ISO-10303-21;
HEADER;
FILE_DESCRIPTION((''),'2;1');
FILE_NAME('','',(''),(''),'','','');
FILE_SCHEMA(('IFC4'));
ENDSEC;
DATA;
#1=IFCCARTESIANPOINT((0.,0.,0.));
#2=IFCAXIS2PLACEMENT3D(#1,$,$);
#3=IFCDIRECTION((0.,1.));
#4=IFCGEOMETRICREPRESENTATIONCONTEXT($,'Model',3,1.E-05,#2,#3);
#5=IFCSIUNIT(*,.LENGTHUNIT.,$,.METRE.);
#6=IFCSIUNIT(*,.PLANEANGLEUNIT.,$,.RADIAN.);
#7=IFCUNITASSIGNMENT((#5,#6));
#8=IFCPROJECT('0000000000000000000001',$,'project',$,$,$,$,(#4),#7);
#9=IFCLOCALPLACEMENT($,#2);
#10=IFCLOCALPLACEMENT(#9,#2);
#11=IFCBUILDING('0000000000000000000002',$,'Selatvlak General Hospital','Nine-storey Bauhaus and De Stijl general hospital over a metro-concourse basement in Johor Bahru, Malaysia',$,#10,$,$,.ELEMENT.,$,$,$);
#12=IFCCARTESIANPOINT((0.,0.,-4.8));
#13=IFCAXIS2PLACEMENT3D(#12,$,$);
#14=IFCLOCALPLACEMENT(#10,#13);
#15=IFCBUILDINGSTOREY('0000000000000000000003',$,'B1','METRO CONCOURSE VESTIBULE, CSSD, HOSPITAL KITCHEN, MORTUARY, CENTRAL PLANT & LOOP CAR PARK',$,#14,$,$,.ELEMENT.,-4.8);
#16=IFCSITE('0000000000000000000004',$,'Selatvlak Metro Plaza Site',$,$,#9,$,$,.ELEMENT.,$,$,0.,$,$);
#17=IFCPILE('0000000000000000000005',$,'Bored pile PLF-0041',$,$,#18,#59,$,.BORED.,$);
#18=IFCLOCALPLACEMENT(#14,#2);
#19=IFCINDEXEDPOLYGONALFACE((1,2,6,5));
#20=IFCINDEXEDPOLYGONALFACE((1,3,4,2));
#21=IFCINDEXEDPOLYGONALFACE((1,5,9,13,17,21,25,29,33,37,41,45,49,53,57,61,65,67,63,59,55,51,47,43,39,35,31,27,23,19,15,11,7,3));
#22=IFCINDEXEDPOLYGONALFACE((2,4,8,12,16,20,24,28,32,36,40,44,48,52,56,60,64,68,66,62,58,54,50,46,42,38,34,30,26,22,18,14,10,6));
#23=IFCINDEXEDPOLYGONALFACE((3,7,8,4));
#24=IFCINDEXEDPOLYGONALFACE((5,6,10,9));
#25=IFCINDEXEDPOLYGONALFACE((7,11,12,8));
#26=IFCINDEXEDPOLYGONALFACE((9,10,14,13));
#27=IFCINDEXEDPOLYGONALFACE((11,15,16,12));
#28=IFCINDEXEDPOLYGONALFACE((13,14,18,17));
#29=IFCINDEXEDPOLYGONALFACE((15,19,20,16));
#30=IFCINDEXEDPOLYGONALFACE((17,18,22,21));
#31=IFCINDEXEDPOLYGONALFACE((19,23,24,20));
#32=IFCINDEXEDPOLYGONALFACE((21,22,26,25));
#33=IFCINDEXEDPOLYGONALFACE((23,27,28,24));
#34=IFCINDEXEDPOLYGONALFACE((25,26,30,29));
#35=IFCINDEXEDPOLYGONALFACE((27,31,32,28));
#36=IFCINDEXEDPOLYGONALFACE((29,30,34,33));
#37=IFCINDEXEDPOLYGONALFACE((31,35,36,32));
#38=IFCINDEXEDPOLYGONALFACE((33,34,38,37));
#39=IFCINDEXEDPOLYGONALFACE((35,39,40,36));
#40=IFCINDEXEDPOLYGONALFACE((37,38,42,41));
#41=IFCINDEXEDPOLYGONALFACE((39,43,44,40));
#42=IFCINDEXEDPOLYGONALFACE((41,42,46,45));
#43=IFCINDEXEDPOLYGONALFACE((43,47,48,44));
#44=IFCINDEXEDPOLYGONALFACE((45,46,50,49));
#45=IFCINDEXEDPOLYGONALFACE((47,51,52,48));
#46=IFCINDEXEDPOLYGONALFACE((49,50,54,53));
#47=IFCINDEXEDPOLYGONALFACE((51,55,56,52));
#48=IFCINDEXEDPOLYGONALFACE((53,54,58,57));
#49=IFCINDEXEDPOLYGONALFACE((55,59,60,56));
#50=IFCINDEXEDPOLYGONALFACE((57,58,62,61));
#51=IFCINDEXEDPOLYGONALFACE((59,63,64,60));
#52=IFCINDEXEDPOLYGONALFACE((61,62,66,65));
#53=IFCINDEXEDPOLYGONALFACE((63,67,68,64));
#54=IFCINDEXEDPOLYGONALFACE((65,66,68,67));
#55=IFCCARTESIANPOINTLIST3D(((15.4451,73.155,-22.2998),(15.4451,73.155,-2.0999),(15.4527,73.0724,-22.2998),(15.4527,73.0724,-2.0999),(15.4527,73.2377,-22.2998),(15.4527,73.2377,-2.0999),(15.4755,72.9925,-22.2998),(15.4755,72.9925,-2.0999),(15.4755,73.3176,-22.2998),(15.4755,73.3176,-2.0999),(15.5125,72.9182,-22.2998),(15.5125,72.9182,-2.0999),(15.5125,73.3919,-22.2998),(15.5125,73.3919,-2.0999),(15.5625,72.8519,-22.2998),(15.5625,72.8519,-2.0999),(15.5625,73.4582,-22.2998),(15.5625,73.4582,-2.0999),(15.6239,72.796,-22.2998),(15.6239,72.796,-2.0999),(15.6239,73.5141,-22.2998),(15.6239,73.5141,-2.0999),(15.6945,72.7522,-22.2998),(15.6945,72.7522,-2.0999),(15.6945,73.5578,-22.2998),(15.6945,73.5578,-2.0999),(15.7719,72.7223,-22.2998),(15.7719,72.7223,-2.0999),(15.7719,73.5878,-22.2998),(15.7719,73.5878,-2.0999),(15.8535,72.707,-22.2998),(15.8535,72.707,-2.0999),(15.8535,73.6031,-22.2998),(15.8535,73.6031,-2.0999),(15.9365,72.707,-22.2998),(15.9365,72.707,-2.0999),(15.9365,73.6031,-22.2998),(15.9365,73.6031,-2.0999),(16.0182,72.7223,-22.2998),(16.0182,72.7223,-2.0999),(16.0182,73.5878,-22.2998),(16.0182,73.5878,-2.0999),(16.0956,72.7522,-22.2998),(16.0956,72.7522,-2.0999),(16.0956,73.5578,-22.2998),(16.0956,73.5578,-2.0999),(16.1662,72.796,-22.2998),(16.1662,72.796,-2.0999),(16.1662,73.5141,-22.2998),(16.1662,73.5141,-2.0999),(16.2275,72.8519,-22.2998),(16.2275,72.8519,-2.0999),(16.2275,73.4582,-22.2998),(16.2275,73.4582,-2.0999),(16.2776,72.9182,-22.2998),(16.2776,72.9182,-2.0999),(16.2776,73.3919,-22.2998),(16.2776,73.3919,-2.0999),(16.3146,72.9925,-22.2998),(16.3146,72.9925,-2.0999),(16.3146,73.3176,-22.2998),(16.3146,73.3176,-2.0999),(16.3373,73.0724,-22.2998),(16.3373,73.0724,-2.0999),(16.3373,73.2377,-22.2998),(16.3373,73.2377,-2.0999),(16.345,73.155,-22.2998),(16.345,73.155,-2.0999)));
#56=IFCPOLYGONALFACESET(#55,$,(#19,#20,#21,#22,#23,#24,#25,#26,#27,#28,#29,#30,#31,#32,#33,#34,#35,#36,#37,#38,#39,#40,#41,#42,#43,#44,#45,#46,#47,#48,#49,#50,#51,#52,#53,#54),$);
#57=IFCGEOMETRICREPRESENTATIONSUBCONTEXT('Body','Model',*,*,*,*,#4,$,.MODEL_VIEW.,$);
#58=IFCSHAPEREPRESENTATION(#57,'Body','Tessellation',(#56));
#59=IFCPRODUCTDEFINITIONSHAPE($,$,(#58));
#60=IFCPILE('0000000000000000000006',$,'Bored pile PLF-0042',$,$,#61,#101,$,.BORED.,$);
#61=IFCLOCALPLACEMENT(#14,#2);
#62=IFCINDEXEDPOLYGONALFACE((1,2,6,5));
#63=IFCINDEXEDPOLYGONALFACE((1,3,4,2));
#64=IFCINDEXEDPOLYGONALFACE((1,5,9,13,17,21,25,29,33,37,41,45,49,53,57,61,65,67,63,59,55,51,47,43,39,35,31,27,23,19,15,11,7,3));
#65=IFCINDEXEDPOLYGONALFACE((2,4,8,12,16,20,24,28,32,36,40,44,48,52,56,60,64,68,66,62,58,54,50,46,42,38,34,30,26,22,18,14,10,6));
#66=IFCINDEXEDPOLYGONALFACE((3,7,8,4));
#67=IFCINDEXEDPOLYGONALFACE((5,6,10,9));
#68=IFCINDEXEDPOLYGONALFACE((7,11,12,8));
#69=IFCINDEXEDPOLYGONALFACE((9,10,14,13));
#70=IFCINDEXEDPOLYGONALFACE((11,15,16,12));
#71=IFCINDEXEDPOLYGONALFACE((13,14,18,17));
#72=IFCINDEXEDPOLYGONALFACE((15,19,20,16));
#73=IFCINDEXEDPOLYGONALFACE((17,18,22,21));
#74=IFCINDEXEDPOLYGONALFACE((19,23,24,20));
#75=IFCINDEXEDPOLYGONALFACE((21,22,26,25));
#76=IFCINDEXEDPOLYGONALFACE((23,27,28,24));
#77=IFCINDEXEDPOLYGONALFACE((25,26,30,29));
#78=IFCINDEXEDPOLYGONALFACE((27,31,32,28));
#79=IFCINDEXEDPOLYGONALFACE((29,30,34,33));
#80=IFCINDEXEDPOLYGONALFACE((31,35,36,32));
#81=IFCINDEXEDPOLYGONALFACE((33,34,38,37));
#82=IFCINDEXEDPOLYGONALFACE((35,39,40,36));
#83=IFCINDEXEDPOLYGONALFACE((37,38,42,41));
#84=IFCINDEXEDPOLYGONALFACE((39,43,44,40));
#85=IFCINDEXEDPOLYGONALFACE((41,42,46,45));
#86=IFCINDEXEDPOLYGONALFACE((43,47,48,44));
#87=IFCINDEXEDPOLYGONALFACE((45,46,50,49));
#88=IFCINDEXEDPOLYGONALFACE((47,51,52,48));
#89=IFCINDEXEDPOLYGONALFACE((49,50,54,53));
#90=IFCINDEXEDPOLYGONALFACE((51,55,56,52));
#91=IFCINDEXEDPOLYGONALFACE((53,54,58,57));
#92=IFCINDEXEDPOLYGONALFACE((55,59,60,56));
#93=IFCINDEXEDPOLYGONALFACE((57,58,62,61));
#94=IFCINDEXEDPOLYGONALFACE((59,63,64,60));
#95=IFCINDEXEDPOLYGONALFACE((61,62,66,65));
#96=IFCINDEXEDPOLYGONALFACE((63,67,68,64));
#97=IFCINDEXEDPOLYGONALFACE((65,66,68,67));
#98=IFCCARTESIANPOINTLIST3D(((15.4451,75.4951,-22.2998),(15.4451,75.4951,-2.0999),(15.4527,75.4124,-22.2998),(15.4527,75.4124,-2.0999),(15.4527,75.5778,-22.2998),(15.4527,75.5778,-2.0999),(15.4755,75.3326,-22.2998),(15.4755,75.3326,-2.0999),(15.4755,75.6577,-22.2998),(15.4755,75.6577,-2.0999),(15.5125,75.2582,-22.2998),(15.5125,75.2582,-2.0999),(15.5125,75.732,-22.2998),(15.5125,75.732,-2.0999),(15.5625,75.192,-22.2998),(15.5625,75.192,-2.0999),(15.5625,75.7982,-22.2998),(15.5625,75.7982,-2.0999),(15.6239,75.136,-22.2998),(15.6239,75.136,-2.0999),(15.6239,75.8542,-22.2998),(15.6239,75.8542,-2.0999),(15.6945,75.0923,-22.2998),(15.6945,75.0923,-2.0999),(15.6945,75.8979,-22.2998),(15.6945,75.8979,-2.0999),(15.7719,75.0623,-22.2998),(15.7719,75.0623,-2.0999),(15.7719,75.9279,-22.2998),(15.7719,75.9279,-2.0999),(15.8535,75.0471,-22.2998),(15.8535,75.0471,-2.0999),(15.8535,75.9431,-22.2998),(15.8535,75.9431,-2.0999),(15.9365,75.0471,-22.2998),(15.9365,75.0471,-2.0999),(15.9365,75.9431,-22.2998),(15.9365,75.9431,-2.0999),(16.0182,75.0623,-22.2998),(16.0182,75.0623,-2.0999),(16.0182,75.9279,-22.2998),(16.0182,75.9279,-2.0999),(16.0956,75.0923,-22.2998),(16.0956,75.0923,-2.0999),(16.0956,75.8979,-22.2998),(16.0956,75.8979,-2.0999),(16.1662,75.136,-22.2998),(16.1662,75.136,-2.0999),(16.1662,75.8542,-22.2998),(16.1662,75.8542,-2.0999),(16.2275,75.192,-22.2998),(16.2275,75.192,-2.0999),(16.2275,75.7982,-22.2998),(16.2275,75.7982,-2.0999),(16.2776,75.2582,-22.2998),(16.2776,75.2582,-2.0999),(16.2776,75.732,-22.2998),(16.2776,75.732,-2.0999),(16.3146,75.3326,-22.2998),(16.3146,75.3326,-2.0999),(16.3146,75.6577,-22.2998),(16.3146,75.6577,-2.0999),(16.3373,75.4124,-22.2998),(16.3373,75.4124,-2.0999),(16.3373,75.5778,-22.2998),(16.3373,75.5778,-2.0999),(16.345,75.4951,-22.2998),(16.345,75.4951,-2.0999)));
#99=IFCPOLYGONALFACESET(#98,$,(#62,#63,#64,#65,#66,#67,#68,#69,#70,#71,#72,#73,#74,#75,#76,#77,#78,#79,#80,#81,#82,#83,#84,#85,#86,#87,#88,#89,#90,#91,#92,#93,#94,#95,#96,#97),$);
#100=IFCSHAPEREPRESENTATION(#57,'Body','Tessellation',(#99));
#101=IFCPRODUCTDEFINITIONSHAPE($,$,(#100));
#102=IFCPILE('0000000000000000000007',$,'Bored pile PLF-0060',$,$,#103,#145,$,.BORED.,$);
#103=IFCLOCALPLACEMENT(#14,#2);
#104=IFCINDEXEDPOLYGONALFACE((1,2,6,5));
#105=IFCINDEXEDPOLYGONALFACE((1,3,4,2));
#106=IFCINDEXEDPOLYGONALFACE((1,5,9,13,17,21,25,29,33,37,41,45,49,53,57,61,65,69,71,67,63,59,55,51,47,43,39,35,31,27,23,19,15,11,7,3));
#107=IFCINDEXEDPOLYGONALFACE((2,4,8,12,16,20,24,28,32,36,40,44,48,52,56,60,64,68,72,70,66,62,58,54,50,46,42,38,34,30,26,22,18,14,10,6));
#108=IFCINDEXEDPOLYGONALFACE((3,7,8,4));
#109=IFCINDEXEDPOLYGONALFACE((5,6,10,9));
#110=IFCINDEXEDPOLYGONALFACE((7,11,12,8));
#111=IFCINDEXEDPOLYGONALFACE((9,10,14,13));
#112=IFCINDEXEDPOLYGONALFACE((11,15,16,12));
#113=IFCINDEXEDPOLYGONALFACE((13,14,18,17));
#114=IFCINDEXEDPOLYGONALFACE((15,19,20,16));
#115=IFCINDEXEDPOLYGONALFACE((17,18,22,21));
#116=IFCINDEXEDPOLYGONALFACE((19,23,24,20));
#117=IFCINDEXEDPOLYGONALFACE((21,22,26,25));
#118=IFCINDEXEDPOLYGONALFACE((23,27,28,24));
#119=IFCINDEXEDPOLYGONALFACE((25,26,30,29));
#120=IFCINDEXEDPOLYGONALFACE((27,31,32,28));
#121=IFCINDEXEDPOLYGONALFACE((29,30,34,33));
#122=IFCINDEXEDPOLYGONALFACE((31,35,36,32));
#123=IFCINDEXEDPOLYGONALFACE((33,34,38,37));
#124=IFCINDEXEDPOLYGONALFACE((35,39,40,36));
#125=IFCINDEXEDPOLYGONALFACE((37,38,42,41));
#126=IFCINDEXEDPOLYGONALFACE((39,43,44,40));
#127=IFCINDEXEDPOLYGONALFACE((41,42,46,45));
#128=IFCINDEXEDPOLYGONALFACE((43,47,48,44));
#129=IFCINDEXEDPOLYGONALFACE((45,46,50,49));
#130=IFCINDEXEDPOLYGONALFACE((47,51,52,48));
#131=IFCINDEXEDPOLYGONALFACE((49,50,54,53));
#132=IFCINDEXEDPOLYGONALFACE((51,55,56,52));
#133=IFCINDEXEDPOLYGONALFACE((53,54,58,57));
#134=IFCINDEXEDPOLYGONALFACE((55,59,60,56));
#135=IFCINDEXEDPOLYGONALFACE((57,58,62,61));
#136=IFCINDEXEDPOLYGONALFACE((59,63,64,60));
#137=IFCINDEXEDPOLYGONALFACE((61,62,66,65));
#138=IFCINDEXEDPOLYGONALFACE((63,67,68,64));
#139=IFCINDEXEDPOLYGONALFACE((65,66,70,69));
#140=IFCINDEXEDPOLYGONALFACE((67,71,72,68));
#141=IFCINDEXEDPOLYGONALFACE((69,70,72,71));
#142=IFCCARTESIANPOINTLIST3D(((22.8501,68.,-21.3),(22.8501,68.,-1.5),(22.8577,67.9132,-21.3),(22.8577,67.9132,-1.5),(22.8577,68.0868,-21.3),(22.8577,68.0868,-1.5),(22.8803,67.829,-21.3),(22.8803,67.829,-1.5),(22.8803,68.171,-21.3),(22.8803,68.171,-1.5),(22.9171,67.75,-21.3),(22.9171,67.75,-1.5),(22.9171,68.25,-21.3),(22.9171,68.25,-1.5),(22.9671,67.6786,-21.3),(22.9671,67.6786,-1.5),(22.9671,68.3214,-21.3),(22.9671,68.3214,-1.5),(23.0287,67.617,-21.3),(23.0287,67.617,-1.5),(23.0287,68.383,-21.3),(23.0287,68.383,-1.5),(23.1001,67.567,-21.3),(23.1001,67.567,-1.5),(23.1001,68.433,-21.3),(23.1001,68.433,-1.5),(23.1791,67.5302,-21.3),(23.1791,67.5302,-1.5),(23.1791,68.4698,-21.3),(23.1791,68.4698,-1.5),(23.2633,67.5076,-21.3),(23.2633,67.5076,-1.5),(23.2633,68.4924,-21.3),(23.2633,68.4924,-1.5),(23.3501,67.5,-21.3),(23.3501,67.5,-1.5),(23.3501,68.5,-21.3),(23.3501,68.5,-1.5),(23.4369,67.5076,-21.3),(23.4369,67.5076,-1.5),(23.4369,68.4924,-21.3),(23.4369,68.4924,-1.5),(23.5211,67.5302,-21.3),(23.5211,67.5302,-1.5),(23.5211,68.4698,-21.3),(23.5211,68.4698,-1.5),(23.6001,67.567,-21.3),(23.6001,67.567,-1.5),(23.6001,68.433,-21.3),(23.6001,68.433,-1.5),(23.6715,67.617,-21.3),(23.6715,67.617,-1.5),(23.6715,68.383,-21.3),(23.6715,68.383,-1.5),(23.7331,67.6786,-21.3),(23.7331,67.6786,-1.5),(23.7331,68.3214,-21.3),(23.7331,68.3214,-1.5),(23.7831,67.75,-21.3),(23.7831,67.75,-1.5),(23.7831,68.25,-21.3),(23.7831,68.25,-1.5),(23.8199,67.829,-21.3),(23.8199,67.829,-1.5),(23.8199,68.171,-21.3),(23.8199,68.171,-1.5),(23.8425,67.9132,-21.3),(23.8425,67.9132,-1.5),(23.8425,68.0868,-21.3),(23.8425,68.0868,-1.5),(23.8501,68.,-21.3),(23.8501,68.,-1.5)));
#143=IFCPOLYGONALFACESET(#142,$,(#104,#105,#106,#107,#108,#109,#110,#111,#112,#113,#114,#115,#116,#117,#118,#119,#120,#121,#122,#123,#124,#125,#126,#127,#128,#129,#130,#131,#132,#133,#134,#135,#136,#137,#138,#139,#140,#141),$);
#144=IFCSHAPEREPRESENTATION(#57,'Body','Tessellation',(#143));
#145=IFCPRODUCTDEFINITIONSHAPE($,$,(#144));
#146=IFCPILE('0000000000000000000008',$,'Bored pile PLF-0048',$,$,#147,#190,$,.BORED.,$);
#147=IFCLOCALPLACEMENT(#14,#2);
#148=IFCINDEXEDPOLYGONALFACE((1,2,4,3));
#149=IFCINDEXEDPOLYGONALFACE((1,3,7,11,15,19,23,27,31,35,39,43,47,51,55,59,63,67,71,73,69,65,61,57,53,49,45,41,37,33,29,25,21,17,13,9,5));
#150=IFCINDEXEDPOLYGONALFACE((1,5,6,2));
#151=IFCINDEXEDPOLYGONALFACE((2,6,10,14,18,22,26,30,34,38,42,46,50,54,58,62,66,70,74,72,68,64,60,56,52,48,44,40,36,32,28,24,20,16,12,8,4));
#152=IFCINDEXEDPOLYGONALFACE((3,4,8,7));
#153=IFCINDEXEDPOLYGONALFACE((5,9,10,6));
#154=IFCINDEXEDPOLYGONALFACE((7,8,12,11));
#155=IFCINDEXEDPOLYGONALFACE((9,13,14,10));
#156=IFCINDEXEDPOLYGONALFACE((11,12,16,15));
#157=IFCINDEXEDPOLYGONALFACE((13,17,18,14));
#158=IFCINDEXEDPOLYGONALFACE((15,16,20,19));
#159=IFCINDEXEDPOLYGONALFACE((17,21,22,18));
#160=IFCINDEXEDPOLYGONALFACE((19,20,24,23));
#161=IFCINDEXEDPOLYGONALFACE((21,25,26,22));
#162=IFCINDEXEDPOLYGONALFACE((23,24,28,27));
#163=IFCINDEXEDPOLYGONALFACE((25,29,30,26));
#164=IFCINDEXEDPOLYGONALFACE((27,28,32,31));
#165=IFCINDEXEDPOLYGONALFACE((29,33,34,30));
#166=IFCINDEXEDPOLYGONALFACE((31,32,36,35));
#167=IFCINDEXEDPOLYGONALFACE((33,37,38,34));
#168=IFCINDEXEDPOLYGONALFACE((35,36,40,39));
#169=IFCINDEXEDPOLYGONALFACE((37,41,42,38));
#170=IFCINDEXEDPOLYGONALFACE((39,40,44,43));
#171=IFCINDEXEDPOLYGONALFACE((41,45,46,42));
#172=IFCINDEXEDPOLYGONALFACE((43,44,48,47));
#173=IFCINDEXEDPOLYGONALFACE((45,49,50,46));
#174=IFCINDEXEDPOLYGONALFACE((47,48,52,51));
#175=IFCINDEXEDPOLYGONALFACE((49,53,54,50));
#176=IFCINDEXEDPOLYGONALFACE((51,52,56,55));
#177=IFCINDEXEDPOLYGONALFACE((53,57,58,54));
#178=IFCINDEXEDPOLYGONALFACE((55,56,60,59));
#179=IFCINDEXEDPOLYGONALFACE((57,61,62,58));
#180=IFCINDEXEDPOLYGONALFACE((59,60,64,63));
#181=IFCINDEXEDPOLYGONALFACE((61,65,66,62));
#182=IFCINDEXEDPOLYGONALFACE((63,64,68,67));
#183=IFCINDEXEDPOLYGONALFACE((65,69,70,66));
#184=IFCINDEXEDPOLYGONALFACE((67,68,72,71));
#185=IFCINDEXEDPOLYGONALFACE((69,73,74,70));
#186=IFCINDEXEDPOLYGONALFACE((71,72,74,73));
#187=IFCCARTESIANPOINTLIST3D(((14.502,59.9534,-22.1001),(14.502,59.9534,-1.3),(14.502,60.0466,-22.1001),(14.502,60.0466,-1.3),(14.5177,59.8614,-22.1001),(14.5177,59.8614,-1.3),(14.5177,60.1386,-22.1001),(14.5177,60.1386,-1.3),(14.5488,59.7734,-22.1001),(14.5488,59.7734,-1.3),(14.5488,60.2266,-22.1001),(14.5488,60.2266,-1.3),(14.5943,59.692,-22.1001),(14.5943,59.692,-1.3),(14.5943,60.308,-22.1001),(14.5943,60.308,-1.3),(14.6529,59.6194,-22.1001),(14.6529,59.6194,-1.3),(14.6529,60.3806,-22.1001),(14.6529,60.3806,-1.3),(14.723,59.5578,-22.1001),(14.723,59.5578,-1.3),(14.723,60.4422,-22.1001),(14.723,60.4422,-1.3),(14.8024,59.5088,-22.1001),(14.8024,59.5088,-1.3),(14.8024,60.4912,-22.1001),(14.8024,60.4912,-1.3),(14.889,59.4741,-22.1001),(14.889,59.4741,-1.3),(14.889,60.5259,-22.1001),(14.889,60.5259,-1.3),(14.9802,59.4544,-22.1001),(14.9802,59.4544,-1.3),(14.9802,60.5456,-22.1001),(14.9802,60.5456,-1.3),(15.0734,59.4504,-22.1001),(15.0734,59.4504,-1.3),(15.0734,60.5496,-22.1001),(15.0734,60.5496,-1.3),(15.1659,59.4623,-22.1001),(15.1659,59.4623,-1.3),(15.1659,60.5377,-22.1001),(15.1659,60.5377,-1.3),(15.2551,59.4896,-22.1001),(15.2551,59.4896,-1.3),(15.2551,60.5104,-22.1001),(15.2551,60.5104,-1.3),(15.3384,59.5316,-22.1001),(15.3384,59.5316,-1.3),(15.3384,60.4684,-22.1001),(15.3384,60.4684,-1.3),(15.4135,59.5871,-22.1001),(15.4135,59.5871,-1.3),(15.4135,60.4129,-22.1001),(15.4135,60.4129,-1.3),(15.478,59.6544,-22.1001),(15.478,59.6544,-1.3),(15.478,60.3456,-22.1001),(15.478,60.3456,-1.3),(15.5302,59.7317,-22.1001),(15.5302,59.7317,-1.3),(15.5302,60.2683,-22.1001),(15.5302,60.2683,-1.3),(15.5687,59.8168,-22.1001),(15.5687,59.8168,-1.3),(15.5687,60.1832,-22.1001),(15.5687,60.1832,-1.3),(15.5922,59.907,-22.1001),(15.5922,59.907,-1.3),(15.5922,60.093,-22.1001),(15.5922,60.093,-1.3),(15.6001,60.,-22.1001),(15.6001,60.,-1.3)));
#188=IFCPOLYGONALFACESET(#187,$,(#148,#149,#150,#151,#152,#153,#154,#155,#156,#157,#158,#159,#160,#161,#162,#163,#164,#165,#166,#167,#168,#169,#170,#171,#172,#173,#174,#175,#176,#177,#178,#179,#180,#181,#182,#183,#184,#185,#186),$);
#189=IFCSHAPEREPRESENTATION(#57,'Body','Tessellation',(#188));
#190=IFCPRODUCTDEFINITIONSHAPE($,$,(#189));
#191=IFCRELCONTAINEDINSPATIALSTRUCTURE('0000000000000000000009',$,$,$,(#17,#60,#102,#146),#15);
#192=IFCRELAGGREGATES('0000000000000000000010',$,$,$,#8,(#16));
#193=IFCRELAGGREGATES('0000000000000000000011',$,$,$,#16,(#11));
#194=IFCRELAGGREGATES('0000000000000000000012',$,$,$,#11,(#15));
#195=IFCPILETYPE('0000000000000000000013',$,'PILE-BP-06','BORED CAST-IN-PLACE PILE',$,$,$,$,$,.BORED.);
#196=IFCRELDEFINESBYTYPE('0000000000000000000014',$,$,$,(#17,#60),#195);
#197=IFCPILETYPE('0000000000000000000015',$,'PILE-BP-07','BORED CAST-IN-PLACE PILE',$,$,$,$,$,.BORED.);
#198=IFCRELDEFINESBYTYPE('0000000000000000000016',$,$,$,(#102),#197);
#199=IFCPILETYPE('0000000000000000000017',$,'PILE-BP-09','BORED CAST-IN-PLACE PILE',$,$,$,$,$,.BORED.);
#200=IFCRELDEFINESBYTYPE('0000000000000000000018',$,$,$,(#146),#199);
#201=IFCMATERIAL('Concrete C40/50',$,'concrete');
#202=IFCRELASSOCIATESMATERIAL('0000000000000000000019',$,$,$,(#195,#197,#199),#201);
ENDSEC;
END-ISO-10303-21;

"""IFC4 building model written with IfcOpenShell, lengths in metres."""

from ifc_helpers import new_model, si_unit, direction, frame, origin, origin_2d, place, context, subcontext, project, spatial, circle, extrude, material, material_profile, profile_set, type_object, element, save


model = new_model("IFC4")

# Units and contexts
model_context = context("Model", 3, precision=1e-05, world=origin(), true_north=direction((0.0, 1.0)))
body_context = subcontext(model_context, "Body", "Model", "MODEL_VIEW")
ifc_project = project(units=[si_unit("LENGTHUNIT", "METRE"), si_unit("PLANEANGLEUNIT", "RADIAN")], contexts=[model_context])

# Site, building, storey
site_placement = place(None, origin())
site = spatial("IfcSite", under=ifc_project, at=site_placement, Name="Selatvlak Metro Plaza Site", CompositionType="ELEMENT", RefElevation=0.0)
building_placement = place(site_placement, origin())
building = spatial("IfcBuilding", under=site, at=building_placement, Name="Selatvlak General Hospital", Description="Nine-storey Bauhaus and De Stijl general hospital over a metro-concourse basement in Johor Bahru, Malaysia", CompositionType="ELEMENT")
storey_placement = place(building_placement, frame((0.0, 0.0, -4.8)))
storey = spatial("IfcBuildingStorey", under=building, at=storey_placement, Name="B1", Description="METRO CONCOURSE VESTIBULE, CSSD, HOSPITAL KITCHEN, MORTUARY, CENTRAL PLANT & LOOP CAR PARK", CompositionType="ELEMENT", Elevation=-4.8)

# Shared definitions
ifc_material_1 = material(Name="Concrete C40/50", Category="concrete")

# Piles
ifc_material_profile_1 = material_profile(ifc_material_1, circle(Radius=0.45, at=origin_2d()), Name="BORED PILE 900")
ifc_profile_set_1 = profile_set([ifc_material_profile_1], Name="Concrete C40/50")
pile_type_1 = type_object("IfcPileType", Name="PILE-BP-06", Description="BORED CAST-IN-PLACE PILE", PredefinedType="BORED", material=ifc_profile_set_1)
for number, where, z_axis, x_axis, name in (
    (1, (15.895, 73.155, -2.0999), (0.0, 0.0, -1.0), (1.0, 0.0, 0.0), "Bored pile PLF-0041"),
    (2, (15.895, 75.4951, -2.0999), (0.0, 0.0, -1.0), (1.0, 0.0, 0.0), "Bored pile PLF-0042"),
):
    element("IfcPile", number, at=place(storey_placement, frame(where, z_axis=z_axis, x_axis=x_axis)), inside=storey, type_object=pile_type_1, Name=name, PredefinedType="BORED", context=body_context, shape_type="SweptSolid", body=[
        extrude(circle(Radius=0.45, at=origin_2d()), origin(), (0.0, 0.0, 1.0), 20.2),
    ])
ifc_material_profile_2 = material_profile(ifc_material_1, circle(Radius=0.5, at=origin_2d()), Name="BORED PILE 1000")
ifc_profile_set_2 = profile_set([ifc_material_profile_2], Name="Concrete C40/50")
pile_type_2 = type_object("IfcPileType", Name="PILE-BP-07", Description="BORED CAST-IN-PLACE PILE", PredefinedType="BORED", material=ifc_profile_set_2)
pile_1_placement = place(storey_placement, frame((23.3501, 68.0, -1.5), z_axis=(0.0, 0.0, -1.0), x_axis=(1.0, 0.0, 0.0)))
element("IfcPile", 3, at=pile_1_placement, inside=storey, type_object=pile_type_2, Name="Bored pile PLF-0060", PredefinedType="BORED", context=body_context, shape_type="SweptSolid", body=[
    extrude(circle(Radius=0.5, at=origin_2d()), origin(), (0.0, 0.0, 1.0), 19.8),
])
ifc_material_profile_3 = material_profile(ifc_material_1, circle(Radius=0.55, at=origin_2d()), Name="BORED PILE 1100")
ifc_profile_set_3 = profile_set([ifc_material_profile_3], Name="Concrete C40/50")
pile_type_3 = type_object("IfcPileType", Name="PILE-BP-09", Description="BORED CAST-IN-PLACE PILE", PredefinedType="BORED", material=ifc_profile_set_3)
pile_2_placement = place(storey_placement, frame((15.05, 60.0, -1.3), z_axis=(0.0, 0.0, -1.0), x_axis=(1.0, 0.0, 0.0)))
element("IfcPile", 4, at=pile_2_placement, inside=storey, type_object=pile_type_3, Name="Bored pile PLF-0048", PredefinedType="BORED", context=body_context, shape_type="SweptSolid", body=[
    extrude(circle(Radius=0.55, at=origin_2d()), origin(), (0.0, 0.0, 1.0), 20.8),
])

save(model, "model.ifc")
